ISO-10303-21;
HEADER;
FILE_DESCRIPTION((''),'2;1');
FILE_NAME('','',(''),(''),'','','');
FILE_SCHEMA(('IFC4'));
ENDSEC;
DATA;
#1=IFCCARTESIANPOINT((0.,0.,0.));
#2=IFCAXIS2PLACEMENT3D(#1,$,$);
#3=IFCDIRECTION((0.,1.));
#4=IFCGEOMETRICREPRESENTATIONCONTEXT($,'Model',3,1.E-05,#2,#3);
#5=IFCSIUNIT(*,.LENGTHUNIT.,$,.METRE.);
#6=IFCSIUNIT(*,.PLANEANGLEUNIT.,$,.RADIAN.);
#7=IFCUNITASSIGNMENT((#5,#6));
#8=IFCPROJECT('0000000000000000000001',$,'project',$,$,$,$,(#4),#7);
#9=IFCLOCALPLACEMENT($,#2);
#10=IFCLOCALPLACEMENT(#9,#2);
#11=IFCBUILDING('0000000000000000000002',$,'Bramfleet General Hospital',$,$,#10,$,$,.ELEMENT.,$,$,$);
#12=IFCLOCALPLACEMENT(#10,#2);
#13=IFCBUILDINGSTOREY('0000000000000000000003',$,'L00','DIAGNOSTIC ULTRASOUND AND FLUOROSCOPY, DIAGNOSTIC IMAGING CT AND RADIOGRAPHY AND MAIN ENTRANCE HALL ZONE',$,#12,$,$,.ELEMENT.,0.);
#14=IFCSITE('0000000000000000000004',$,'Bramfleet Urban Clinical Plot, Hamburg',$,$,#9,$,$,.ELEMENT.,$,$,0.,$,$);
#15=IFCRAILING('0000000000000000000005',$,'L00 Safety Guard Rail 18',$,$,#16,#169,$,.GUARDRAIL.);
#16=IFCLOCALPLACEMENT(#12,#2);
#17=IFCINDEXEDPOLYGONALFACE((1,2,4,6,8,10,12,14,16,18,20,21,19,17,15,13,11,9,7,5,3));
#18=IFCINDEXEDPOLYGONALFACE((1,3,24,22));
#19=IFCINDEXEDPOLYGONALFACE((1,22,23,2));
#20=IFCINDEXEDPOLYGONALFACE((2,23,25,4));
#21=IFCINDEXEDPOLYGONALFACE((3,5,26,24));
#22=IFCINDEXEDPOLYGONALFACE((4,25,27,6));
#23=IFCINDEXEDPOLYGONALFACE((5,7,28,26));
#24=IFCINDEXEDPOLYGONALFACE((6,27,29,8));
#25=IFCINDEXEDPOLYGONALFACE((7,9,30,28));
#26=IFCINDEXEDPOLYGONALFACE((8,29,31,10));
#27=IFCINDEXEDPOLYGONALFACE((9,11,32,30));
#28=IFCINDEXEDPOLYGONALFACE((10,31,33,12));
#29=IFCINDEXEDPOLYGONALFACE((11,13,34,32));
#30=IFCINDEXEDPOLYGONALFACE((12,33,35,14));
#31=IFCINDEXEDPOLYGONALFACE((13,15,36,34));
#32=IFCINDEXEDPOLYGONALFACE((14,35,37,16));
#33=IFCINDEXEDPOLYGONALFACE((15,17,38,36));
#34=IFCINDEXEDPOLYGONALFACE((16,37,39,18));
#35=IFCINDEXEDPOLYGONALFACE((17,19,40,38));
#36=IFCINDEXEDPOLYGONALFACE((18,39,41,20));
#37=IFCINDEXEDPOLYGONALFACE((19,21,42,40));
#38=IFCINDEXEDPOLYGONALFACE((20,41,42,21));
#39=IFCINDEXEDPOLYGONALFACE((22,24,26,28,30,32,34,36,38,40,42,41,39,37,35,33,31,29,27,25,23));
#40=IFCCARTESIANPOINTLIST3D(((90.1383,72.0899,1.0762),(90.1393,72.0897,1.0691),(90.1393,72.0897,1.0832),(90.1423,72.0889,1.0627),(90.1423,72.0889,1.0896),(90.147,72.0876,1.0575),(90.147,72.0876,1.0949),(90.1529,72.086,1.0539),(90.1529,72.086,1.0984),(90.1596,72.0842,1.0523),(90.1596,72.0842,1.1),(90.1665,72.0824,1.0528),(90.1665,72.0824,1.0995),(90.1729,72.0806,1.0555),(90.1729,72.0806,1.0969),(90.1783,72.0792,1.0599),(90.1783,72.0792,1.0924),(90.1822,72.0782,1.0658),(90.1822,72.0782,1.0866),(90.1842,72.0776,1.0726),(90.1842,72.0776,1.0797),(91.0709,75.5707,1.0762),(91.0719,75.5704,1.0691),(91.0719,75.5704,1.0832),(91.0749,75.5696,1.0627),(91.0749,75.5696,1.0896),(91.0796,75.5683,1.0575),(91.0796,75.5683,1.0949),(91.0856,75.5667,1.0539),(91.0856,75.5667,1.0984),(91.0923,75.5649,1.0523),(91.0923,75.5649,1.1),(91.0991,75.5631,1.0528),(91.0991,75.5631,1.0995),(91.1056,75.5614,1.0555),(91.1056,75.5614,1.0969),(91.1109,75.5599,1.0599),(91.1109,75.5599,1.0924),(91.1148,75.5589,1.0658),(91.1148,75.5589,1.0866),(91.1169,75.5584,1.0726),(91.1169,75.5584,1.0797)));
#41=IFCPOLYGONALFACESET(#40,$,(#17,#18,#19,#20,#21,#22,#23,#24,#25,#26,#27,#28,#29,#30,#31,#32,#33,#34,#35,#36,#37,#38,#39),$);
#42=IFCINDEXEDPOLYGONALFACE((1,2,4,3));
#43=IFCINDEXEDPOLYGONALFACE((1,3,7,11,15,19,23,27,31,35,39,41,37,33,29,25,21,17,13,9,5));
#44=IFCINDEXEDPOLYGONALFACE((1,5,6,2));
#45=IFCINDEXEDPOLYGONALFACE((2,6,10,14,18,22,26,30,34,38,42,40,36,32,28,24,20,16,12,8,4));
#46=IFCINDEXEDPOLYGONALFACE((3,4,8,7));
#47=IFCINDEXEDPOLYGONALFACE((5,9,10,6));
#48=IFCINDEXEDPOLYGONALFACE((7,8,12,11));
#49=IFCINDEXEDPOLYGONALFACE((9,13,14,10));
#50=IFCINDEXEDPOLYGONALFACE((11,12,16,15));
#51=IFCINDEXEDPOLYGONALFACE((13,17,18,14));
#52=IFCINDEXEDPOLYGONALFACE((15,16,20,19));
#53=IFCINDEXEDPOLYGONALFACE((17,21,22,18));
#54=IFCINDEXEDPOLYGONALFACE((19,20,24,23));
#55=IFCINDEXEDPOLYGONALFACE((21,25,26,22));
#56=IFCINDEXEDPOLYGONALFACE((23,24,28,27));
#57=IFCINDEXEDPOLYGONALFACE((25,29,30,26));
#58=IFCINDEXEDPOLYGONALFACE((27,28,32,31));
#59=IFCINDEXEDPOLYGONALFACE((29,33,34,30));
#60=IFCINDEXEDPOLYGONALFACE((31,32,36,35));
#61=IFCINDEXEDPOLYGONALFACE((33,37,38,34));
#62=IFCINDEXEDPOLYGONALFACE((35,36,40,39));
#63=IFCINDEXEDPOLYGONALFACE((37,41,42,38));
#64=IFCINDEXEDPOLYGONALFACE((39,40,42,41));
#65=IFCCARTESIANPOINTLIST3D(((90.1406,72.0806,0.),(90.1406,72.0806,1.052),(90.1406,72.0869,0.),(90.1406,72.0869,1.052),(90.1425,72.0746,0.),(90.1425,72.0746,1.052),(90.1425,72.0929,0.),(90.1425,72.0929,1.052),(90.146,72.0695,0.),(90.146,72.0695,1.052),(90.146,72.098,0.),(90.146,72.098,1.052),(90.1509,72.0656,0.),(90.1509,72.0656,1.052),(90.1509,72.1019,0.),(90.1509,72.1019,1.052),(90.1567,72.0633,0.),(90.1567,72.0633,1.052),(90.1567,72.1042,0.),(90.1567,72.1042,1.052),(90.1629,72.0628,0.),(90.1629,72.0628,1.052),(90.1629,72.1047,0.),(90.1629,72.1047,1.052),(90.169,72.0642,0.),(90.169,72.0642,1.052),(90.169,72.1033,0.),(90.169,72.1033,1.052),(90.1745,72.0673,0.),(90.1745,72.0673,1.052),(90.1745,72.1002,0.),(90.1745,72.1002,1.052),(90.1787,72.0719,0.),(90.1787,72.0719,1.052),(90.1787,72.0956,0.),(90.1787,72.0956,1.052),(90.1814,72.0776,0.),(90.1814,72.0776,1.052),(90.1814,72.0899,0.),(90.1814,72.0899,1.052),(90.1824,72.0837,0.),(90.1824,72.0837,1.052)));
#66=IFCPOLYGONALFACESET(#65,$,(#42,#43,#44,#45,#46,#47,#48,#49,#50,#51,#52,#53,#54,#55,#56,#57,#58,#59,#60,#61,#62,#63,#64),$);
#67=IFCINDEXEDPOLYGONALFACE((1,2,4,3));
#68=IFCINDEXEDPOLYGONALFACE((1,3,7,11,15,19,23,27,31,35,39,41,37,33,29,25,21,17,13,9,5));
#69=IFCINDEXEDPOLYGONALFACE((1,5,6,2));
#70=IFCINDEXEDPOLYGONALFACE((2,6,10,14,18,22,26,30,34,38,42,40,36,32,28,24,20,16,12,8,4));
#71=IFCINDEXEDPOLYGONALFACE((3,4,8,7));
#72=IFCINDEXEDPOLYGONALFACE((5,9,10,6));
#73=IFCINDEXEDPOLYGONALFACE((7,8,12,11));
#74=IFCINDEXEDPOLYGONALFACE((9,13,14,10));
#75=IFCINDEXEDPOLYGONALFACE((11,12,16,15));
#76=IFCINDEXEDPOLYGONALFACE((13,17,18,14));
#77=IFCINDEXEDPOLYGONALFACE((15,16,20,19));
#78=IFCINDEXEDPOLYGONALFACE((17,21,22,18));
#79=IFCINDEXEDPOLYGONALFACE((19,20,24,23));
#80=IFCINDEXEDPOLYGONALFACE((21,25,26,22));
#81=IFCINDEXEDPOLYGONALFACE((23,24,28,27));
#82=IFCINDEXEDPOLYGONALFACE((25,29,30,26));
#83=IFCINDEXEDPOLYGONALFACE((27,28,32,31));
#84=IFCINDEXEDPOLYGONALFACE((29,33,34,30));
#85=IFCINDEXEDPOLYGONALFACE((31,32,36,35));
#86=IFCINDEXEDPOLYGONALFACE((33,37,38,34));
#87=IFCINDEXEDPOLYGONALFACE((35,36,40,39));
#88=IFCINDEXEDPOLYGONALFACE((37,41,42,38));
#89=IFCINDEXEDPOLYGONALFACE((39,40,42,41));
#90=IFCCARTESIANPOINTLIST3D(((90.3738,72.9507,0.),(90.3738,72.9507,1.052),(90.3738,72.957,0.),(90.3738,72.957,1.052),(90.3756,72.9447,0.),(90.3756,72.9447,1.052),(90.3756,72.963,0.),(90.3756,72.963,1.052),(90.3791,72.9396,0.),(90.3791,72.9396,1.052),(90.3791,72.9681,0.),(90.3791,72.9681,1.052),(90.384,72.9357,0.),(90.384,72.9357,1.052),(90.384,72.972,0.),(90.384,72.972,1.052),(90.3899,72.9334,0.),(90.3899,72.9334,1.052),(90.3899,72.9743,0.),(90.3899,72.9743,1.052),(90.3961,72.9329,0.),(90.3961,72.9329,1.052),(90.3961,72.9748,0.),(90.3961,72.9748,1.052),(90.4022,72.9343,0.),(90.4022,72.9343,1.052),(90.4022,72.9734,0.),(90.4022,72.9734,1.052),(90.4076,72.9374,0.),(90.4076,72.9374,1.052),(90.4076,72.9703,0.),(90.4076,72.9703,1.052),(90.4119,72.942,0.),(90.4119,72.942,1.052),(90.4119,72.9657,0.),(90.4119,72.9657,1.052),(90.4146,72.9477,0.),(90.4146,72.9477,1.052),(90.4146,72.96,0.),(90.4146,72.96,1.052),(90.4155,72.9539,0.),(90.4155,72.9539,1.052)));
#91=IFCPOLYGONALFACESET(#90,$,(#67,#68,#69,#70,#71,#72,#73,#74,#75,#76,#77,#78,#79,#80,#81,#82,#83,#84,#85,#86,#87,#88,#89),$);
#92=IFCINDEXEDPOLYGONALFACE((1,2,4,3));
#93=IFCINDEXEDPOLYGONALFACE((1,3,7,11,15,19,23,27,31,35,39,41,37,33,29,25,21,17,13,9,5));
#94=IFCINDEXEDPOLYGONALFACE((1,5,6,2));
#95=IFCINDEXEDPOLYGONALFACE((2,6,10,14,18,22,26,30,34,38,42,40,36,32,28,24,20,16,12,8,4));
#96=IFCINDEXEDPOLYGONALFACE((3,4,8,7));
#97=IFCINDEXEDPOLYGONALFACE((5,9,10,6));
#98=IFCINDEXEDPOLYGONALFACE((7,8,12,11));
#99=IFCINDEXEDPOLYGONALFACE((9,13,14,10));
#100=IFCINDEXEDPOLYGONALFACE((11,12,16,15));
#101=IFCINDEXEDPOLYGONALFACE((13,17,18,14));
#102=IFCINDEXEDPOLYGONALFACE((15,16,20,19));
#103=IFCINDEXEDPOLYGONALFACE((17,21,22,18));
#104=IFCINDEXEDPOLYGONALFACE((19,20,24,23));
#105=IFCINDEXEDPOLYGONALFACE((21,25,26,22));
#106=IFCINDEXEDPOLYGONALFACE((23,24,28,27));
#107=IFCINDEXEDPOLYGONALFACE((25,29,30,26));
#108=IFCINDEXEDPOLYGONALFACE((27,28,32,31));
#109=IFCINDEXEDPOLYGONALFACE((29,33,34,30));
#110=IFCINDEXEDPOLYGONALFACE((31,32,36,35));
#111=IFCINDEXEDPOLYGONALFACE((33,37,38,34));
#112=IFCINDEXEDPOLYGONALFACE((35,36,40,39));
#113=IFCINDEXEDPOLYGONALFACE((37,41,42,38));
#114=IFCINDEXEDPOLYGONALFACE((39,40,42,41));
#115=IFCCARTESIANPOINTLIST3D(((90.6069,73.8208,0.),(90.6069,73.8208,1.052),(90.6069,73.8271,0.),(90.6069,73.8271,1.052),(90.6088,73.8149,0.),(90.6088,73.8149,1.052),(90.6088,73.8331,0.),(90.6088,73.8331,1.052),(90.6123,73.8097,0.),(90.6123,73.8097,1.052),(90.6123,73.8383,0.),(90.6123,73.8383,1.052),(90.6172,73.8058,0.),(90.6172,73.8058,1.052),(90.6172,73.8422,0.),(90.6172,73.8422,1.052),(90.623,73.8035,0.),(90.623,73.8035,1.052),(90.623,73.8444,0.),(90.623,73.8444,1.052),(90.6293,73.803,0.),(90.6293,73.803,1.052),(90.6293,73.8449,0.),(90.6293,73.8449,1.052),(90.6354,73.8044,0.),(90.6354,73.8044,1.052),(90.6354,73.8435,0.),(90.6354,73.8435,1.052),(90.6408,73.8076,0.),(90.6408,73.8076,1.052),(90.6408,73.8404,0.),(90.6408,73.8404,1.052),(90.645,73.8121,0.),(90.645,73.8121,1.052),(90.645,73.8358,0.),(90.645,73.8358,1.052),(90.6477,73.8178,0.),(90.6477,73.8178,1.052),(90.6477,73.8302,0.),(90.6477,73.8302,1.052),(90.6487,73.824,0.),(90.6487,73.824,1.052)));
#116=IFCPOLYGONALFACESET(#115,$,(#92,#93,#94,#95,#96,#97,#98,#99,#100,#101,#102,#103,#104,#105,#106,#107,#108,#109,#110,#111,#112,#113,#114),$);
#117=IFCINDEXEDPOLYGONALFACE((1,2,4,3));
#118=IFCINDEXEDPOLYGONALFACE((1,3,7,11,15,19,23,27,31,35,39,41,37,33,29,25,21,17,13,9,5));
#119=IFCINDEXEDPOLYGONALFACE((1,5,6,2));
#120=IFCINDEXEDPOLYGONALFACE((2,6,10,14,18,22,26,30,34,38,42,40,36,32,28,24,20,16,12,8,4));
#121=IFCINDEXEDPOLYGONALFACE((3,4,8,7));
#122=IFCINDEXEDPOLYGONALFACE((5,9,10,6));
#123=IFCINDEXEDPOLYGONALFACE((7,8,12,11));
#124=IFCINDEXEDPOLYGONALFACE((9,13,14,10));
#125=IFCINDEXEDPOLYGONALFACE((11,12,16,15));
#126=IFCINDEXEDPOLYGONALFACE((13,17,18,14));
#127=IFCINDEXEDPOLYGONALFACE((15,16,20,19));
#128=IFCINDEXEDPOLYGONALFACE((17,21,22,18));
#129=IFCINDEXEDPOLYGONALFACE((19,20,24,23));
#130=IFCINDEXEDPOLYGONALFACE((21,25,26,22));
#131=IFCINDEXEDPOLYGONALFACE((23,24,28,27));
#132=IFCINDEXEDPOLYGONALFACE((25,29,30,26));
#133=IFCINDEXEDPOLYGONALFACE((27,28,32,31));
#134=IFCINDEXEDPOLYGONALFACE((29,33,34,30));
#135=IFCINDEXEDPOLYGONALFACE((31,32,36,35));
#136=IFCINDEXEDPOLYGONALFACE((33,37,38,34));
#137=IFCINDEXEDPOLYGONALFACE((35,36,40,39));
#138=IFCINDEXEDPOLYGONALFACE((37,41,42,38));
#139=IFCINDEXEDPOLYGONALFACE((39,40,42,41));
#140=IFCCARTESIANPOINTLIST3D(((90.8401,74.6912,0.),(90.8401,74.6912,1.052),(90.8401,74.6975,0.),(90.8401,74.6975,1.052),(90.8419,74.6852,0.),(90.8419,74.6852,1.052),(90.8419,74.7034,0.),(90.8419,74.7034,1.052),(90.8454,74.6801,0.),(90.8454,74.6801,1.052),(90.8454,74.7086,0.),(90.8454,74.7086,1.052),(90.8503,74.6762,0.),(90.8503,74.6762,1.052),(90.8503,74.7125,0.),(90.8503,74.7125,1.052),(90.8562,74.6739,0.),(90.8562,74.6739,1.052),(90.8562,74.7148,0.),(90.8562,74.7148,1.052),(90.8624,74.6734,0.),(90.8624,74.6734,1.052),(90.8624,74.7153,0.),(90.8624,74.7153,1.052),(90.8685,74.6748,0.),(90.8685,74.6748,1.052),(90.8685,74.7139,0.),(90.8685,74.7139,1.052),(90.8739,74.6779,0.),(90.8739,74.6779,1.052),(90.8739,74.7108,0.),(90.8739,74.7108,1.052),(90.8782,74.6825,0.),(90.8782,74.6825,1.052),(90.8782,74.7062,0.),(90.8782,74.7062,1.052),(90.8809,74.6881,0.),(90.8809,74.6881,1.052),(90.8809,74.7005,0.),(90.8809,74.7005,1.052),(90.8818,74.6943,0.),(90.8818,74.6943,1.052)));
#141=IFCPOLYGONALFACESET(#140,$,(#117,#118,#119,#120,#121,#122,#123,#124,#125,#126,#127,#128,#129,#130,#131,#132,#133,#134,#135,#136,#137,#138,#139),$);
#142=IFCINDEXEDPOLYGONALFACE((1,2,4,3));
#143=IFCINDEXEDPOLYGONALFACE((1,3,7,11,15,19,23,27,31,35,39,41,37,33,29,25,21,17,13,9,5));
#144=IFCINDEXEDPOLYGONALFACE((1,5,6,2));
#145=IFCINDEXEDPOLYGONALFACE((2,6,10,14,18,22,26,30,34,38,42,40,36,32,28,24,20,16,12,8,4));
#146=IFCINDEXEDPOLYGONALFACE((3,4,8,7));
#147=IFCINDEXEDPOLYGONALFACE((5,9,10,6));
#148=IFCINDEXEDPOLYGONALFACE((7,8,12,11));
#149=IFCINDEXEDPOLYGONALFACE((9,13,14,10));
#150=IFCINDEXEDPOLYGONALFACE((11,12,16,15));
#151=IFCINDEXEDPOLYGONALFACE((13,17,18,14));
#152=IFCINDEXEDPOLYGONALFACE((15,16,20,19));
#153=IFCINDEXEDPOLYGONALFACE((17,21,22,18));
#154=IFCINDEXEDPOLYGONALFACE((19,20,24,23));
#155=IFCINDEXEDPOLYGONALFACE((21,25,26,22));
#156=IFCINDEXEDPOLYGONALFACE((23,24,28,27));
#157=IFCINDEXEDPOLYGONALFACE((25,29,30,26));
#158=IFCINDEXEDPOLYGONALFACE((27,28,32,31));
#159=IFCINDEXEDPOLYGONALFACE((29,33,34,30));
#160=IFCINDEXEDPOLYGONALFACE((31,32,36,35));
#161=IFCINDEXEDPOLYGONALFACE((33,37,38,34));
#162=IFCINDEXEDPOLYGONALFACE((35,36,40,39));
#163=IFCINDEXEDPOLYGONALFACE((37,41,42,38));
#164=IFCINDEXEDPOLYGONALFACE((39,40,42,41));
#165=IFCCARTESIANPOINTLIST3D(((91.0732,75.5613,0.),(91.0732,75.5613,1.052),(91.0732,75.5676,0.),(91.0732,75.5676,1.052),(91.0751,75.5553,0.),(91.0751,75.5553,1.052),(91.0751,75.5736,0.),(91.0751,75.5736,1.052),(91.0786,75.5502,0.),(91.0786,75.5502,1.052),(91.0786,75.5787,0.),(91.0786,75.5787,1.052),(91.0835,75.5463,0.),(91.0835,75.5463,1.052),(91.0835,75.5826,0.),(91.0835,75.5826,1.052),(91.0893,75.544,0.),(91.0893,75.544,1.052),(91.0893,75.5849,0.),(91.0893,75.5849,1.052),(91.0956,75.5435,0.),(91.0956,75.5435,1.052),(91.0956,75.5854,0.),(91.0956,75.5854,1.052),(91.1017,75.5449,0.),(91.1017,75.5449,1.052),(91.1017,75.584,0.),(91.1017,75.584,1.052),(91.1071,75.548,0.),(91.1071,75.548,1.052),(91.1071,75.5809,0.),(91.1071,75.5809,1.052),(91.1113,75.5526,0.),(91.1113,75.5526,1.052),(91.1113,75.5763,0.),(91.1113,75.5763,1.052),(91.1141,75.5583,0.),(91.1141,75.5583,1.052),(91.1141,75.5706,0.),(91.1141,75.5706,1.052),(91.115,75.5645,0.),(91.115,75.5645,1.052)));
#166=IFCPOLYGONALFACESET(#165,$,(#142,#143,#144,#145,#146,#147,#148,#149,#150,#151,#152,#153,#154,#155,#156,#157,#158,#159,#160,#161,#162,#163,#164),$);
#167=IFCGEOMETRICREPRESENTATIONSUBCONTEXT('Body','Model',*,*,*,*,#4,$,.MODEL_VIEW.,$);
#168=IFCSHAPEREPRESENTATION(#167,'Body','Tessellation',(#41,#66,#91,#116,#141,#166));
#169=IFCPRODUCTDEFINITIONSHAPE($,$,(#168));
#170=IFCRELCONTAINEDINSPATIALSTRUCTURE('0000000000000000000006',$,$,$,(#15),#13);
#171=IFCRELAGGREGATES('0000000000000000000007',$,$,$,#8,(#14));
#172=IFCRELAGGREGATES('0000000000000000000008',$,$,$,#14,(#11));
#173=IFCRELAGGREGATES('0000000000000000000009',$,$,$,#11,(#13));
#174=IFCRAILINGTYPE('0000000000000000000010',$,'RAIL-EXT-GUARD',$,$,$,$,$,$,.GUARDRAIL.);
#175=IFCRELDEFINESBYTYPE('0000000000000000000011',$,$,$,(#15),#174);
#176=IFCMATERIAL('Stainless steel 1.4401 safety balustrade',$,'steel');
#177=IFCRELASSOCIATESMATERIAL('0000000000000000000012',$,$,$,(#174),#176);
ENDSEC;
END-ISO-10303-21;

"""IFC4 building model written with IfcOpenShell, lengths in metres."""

from ifc_helpers import new_model, si_unit, direction, frame, origin, origin_2d, place, context, subcontext, project, spatial, circle, extrude, material, type_object, element, save


model = new_model("IFC4")

# Units and contexts
model_context = context("Model", 3, precision=1e-05, world=origin(), true_north=direction((0.0, 1.0)))
body_context = subcontext(model_context, "Body", "Model", "MODEL_VIEW")
ifc_project = project(units=[si_unit("LENGTHUNIT", "METRE"), si_unit("PLANEANGLEUNIT", "RADIAN")], contexts=[model_context])

# Site, building, storey
site_placement = place(None, origin())
site = spatial("IfcSite", under=ifc_project, at=site_placement, Name="Bramfleet Urban Clinical Plot, Hamburg", CompositionType="ELEMENT", RefElevation=0.0)
building_placement = place(site_placement, origin())
building = spatial("IfcBuilding", under=site, at=building_placement, Name="Bramfleet General Hospital", CompositionType="ELEMENT")
storey_placement = place(building_placement, origin())
storey = spatial("IfcBuildingStorey", under=building, at=storey_placement, Name="L00", Description="DIAGNOSTIC ULTRASOUND AND FLUOROSCOPY, DIAGNOSTIC IMAGING CT AND RADIOGRAPHY AND MAIN ENTRANCE HALL ZONE", CompositionType="ELEMENT", Elevation=0.0)

# Railing
ifc_material_1 = material(Name="Stainless steel 1.4401 safety balustrade", Category="steel")
railing_type = type_object("IfcRailingType", Name="RAIL-EXT-GUARD", PredefinedType="GUARDRAIL", material=ifc_material_1)
railing_placement = place(storey_placement, frame((90.1614, 72.0837, 0.0)))
element("IfcRailing", 1, at=railing_placement, inside=storey, type_object=railing_type, Name="L00 Safety Guard Rail 18", PredefinedType="GUARDRAIL", context=body_context, shape_type="SweptSolid", body=[
    extrude(circle(Radius=0.0239, at=origin_2d()), frame((0.0, 0.0, 1.0762), z_axis=(0.258809, 0.965928, 0.0), x_axis=(-0.965928, 0.258809, 0.0)), (0.0, 0.0, 1.0), 3.6035),
    extrude(circle(Radius=0.021, at=origin_2d()), origin(), (0.0, 0.0, 1.0), 1.052),
    extrude(circle(Radius=0.021, at=origin_2d()), frame((0.2332, 0.8701, 0.0)), (0.0, 0.0, 1.0), 1.052),
    extrude(circle(Radius=0.021, at=origin_2d()), frame((0.4663, 1.7402, 0.0)), (0.0, 0.0, 1.0), 1.052),
    extrude(circle(Radius=0.021, at=origin_2d()), frame((0.6995, 2.6106, 0.0)), (0.0, 0.0, 1.0), 1.052),
    extrude(circle(Radius=0.021, at=origin_2d()), frame((0.9326, 3.4807, 0.0)), (0.0, 0.0, 1.0), 1.052),
])

save(model, "model.ifc")
